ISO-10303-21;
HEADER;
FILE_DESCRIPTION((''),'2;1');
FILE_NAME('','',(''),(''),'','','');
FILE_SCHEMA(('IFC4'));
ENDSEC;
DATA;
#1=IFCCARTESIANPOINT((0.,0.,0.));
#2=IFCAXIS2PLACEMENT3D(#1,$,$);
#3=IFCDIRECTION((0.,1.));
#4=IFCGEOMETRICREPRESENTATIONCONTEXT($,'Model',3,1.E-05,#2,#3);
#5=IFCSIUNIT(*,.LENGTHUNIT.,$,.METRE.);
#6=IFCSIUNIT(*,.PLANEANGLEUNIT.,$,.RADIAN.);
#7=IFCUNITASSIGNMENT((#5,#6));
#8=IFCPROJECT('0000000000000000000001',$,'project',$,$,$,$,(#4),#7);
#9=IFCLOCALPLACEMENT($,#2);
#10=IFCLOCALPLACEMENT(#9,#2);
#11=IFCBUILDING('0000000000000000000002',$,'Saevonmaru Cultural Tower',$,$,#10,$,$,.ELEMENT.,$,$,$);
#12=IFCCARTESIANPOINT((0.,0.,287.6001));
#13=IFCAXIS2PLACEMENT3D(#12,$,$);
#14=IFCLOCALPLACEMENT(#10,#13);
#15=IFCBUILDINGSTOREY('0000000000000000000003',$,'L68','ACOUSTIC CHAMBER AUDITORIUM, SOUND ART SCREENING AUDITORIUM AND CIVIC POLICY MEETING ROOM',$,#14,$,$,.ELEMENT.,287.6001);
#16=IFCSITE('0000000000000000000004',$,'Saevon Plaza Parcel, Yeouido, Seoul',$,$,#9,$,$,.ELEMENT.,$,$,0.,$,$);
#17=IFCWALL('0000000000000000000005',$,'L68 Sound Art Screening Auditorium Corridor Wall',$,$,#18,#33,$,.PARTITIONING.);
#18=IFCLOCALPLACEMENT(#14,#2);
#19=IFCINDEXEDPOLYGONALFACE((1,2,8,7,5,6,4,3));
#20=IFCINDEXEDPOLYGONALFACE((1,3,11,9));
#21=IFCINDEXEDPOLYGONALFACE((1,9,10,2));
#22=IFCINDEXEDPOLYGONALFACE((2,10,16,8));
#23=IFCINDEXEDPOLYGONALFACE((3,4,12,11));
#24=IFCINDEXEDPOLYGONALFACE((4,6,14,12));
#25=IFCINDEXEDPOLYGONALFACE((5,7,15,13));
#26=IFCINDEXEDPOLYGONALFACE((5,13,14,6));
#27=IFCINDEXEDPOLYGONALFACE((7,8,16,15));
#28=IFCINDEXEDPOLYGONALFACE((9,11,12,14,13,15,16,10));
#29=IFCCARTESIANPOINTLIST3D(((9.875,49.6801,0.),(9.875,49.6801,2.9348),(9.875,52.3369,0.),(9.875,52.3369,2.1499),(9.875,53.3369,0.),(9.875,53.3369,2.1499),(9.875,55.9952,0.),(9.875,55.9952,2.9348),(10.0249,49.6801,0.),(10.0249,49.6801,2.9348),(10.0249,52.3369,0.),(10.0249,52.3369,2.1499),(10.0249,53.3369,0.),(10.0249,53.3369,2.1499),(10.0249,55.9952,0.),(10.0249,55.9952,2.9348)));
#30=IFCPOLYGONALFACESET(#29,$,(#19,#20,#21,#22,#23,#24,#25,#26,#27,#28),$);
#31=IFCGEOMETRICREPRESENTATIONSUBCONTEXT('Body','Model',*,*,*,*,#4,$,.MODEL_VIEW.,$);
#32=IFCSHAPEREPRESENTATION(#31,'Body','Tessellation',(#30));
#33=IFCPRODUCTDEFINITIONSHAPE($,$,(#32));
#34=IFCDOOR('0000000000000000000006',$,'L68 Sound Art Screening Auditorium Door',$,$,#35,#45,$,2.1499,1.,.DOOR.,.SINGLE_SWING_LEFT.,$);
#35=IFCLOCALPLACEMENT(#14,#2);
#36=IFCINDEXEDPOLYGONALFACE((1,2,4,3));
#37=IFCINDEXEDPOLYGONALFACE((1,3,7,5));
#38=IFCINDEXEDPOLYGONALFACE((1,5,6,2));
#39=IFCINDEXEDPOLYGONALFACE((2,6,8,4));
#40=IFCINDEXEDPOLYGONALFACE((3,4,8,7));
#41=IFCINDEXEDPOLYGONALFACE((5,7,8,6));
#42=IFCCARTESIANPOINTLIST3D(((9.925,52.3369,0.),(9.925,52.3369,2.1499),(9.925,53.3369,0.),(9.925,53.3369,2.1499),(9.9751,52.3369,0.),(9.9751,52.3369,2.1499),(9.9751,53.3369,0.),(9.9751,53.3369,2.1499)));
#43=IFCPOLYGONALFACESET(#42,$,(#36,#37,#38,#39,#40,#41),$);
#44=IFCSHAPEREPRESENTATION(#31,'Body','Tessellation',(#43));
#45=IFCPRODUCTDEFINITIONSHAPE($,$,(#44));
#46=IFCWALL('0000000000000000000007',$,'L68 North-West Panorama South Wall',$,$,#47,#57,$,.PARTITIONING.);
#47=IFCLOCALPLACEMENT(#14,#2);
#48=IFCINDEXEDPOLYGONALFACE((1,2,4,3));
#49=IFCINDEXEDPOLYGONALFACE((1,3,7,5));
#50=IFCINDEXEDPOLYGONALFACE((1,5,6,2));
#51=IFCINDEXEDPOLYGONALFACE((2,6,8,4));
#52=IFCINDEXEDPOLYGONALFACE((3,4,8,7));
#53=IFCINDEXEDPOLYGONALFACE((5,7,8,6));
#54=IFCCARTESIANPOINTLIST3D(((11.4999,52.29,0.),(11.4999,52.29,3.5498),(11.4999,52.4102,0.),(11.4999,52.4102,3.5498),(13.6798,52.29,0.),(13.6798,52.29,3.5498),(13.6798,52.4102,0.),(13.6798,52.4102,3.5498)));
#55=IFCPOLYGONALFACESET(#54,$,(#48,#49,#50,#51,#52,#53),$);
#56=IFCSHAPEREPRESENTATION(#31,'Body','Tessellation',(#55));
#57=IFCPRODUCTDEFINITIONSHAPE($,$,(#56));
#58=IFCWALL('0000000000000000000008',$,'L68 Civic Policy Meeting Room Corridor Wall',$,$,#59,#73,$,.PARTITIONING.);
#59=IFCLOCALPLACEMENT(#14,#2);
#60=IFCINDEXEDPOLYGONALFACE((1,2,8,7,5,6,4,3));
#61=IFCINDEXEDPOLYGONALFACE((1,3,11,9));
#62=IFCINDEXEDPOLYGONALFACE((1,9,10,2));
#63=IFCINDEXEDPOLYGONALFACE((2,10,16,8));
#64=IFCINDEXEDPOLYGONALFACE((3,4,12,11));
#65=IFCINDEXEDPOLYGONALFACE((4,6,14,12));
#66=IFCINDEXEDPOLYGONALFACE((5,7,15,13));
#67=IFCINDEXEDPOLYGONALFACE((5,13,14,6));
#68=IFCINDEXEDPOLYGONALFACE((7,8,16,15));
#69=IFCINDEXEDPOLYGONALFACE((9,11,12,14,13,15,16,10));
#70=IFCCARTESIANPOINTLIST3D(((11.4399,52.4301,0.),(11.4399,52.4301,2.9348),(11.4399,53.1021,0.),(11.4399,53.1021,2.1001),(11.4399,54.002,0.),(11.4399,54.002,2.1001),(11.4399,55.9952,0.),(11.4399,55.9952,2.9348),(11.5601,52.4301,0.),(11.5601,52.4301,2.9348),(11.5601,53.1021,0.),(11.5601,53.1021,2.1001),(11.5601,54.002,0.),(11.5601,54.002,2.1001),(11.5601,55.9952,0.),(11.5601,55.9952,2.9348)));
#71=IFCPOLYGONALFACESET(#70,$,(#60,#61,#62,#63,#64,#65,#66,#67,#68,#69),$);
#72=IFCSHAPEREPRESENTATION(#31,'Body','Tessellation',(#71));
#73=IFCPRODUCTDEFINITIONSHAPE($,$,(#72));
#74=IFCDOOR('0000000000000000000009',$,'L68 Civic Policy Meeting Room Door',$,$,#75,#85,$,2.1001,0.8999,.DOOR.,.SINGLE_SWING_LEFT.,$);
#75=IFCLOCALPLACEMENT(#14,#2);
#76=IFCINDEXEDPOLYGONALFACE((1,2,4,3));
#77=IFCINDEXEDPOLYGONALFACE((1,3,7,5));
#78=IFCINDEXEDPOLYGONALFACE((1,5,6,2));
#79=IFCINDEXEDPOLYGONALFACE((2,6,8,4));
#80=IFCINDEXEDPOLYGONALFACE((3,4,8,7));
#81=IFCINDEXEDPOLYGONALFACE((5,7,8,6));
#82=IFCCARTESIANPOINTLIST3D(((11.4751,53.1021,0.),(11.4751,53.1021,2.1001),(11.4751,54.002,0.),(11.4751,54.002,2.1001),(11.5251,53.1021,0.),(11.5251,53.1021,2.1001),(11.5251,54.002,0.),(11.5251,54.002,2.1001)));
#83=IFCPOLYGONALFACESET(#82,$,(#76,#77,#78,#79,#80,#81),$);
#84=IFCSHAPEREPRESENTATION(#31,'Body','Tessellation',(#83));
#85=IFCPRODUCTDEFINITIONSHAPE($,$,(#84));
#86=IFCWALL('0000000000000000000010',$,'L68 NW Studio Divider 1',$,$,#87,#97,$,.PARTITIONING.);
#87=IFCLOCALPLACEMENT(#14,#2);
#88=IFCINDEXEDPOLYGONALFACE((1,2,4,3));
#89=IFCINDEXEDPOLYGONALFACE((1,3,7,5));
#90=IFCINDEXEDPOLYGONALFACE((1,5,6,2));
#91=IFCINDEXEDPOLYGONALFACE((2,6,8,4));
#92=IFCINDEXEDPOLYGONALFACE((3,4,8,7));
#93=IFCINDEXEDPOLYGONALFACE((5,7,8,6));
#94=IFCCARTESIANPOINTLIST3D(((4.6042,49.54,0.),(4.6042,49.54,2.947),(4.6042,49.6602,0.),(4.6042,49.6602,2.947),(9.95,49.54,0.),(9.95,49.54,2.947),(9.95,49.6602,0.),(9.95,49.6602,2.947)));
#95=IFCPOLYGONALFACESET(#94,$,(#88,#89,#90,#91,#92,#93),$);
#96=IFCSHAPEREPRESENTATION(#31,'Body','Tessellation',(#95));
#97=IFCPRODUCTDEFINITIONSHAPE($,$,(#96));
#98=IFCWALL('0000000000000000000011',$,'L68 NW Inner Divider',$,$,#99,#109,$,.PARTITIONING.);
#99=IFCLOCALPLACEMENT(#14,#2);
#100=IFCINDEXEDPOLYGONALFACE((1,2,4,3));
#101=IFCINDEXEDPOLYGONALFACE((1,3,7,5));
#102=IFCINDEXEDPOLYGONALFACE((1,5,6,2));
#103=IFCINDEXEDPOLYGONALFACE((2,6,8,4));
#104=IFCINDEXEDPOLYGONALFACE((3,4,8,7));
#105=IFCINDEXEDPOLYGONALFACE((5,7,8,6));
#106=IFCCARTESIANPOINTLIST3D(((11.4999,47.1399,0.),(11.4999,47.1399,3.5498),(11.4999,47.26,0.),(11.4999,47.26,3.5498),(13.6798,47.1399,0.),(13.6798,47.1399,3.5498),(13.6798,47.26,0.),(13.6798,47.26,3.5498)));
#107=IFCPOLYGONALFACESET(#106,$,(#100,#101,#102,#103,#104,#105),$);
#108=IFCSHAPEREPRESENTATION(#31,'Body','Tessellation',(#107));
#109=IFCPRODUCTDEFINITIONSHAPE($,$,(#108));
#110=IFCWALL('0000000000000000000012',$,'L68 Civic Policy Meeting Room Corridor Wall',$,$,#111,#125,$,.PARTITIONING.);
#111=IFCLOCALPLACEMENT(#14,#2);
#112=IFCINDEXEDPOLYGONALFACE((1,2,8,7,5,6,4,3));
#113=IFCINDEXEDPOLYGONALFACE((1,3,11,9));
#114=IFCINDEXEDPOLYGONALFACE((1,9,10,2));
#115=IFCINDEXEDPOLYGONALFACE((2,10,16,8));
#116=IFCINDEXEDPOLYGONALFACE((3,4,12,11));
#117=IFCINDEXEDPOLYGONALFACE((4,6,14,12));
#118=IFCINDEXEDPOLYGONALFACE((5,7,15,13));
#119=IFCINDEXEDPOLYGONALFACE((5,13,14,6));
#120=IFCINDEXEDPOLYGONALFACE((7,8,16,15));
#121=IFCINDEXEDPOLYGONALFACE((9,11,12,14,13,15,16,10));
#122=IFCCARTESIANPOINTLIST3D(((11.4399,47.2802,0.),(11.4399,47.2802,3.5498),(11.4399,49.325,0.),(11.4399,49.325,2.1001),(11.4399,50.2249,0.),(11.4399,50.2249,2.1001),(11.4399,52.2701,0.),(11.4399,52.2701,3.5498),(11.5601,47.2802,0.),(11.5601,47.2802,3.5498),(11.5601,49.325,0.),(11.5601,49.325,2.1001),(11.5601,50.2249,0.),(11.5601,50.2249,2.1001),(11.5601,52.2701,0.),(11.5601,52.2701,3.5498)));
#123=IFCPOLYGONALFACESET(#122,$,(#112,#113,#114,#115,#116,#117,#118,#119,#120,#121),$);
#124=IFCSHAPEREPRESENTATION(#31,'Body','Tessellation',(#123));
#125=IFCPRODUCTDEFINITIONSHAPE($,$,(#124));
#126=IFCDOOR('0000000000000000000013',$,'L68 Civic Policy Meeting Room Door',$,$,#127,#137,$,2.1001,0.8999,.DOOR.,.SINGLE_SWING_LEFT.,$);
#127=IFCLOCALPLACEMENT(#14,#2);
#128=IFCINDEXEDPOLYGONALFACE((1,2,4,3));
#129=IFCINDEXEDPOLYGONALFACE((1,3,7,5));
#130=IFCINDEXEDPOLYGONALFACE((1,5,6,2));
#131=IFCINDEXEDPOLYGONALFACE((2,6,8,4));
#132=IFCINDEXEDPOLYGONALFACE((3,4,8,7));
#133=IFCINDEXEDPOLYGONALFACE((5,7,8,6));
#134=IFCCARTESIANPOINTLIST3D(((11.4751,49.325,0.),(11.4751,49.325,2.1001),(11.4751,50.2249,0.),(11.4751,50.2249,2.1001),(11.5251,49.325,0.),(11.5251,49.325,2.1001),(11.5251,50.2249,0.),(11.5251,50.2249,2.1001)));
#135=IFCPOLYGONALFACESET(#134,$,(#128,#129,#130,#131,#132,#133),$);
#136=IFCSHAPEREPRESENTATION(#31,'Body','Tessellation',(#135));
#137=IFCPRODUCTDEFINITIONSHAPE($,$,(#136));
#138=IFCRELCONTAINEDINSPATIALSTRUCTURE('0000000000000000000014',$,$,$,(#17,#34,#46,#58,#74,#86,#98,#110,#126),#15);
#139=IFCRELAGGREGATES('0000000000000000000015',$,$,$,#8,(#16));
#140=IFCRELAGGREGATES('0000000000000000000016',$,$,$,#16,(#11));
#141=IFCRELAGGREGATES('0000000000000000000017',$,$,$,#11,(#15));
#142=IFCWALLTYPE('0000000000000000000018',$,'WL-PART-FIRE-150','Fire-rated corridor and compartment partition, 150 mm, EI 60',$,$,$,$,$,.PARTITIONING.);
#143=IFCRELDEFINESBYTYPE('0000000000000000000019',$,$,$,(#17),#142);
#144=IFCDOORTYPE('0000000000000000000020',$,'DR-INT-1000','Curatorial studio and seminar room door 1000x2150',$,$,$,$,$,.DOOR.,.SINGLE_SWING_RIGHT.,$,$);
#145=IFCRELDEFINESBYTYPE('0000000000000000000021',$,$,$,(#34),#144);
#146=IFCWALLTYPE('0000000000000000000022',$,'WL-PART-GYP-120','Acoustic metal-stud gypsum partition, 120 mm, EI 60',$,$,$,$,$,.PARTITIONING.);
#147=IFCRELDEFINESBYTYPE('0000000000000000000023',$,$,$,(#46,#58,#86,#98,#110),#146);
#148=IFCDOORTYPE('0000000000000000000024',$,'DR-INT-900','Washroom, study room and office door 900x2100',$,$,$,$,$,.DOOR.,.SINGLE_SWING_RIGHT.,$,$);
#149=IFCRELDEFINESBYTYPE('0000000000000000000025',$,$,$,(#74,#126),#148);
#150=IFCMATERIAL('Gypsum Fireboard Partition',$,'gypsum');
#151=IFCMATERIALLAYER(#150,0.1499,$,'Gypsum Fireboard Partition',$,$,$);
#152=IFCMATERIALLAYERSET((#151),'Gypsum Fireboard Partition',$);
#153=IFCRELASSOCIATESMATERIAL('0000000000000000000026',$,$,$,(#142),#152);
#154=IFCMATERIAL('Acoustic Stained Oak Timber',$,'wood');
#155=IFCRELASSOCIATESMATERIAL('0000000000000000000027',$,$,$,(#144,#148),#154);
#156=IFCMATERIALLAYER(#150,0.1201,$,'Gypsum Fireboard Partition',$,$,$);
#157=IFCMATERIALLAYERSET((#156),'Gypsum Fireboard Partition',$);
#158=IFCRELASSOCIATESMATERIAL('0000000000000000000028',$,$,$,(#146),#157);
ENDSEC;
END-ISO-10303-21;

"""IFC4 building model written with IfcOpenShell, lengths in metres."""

from ifc_helpers import new_model, si_unit, direction, frame, frame_2d, origin, place, context, subcontext, project, spatial, rectangle, extrude, material, layer, layer_set, type_object, element, fill, save


model = new_model("IFC4")

# Units and contexts
model_context = context("Model", 3, precision=1e-05, world=origin(), true_north=direction((0.0, 1.0)))
body_context = subcontext(model_context, "Body", "Model", "MODEL_VIEW")
ifc_project = project(units=[si_unit("LENGTHUNIT", "METRE"), si_unit("PLANEANGLEUNIT", "RADIAN")], contexts=[model_context])

# Site, building, storey
site_placement = place(None, origin())
site = spatial("IfcSite", under=ifc_project, at=site_placement, Name="Saevon Plaza Parcel, Yeouido, Seoul", CompositionType="ELEMENT", RefElevation=0.0)
building_placement = place(site_placement, origin())
building = spatial("IfcBuilding", under=site, at=building_placement, Name="Saevonmaru Cultural Tower", CompositionType="ELEMENT")
storey_placement = place(building_placement, frame((0.0, 0.0, 287.6001)))
storey = spatial("IfcBuildingStorey", under=building, at=storey_placement, Name="L68", Description="ACOUSTIC CHAMBER AUDITORIUM, SOUND ART SCREENING AUDITORIUM AND CIVIC POLICY MEETING ROOM", CompositionType="ELEMENT", Elevation=287.6001)

# Wall, opening, door
ifc_material_1 = material(Name="Gypsum Fireboard Partition", Category="gypsum")
ifc_layer_1 = layer(ifc_material_1, 0.1499, Name="Gypsum Fireboard Partition")
ifc_layer_set_1 = layer_set([ifc_layer_1], Name="Gypsum Fireboard Partition")
wall_type_1 = type_object("IfcWallType", Name="WL-PART-FIRE-150", Description="Fire-rated corridor and compartment partition, 150 mm, EI 60", PredefinedType="PARTITIONING", material=ifc_layer_set_1)
wall_1_placement = place(storey_placement, frame((9.95, 49.6799, 0.0), z_axis=(0.0, 0.0, 1.0), x_axis=(0.0, 1.0, 0.0)))
wall_1 = element("IfcWall", 1, at=wall_1_placement, inside=storey, type_object=wall_type_1, Name="L68 Sound Art Screening Auditorium Corridor Wall", PredefinedType="PARTITIONING", context=body_context, shape_type="SweptSolid", body=[
    extrude(rectangle(XDim=6.3152, YDim=0.1499, at=frame_2d((3.1577, 0.0))), origin(), (0.0, 0.0, 1.0), 2.9348),
])
opening_1_placement = place(wall_1_placement, frame((2.657, 0.0, 0.0)))
opening_1 = element("IfcOpeningElement", 2, at=opening_1_placement, cuts=wall_1, PredefinedType="OPENING", context=body_context, shape_type="SweptSolid", body=[
    extrude(rectangle(XDim=1.0, YDim=2.1499, at=frame_2d((0.5, 1.075))), frame((0.0, 0.085, 0.0), z_axis=(0.0, -1.0, 0.0), x_axis=(1.0, 0.0, 0.0)), (0.0, 0.0, 1.0), 0.1699),
])
ifc_material_2 = material(Name="Acoustic Stained Oak Timber", Category="wood")
door_type_1 = type_object("IfcDoorType", Name="DR-INT-1000", Description="Curatorial studio and seminar room door 1000x2150", OperationType="SINGLE_SWING_RIGHT", PredefinedType="DOOR", material=ifc_material_2)
door_1_placement = place(opening_1_placement, origin())
door_1 = element("IfcDoor", 3, at=door_1_placement, inside=storey, type_object=door_type_1, Name="L68 Sound Art Screening Auditorium Door", OperationType="SINGLE_SWING_LEFT", OverallHeight=2.1499, OverallWidth=1.0, PredefinedType="DOOR", context=body_context, shape_type="SweptSolid", body=[
    extrude(rectangle(XDim=1.0, YDim=2.1499, at=frame_2d((0.5, 1.075))), frame((0.0, 0.0249, 0.0), z_axis=(0.0, -1.0, 0.0), x_axis=(1.0, 0.0, 0.0)), (0.0, 0.0, 1.0), 0.05),
])
fill(opening_1, door_1)

# Wall
ifc_layer_2 = layer(ifc_material_1, 0.1201, Name="Gypsum Fireboard Partition")
ifc_layer_set_2 = layer_set([ifc_layer_2], Name="Gypsum Fireboard Partition")
wall_type_2 = type_object("IfcWallType", Name="WL-PART-GYP-120", Description="Acoustic metal-stud gypsum partition, 120 mm, EI 60", PredefinedType="PARTITIONING", material=ifc_layer_set_2)
wall_2_placement = place(storey_placement, frame((11.5, 52.3501, 0.0), z_axis=(0.0, 0.0, 1.0), x_axis=(1.0, 0.0, 0.0)))
element("IfcWall", 4, at=wall_2_placement, inside=storey, type_object=wall_type_2, Name="L68 North-West Panorama South Wall", PredefinedType="PARTITIONING", context=body_context, shape_type="SweptSolid", body=[
    extrude(rectangle(XDim=2.1799, YDim=0.1201, at=frame_2d((1.0898, 0.0))), origin(), (0.0, 0.0, 1.0), 3.5498),
])

# Wall, opening, door
wall_3_placement = place(storey_placement, frame((11.5, 52.4299, 0.0), z_axis=(0.0, 0.0, 1.0), x_axis=(0.0, 1.0, 0.0)))
wall_3 = element("IfcWall", 5, at=wall_3_placement, inside=storey, type_object=wall_type_2, Name="L68 Civic Policy Meeting Room Corridor Wall", PredefinedType="PARTITIONING", context=body_context, shape_type="SweptSolid", body=[
    extrude(rectangle(XDim=3.5652, YDim=0.1201, at=frame_2d((1.7827, 0.0))), origin(), (0.0, 0.0, 1.0), 2.9348),
])
opening_2_placement = place(wall_3_placement, frame((0.6721, 0.0, 0.0)))
opening_2 = element("IfcOpeningElement", 6, at=opening_2_placement, cuts=wall_3, PredefinedType="OPENING", context=body_context, shape_type="SweptSolid", body=[
    extrude(rectangle(XDim=0.8999, YDim=2.1001, at=frame_2d((0.45, 1.05))), frame((0.0, 0.0701, 0.0), z_axis=(0.0, -1.0, 0.0), x_axis=(1.0, 0.0, 0.0)), (0.0, 0.0, 1.0), 0.1401),
])
door_type_2 = type_object("IfcDoorType", Name="DR-INT-900", Description="Washroom, study room and office door 900x2100", OperationType="SINGLE_SWING_RIGHT", PredefinedType="DOOR", material=ifc_material_2)
door_2_placement = place(opening_2_placement, origin())
door_2 = element("IfcDoor", 7, at=door_2_placement, inside=storey, type_object=door_type_2, Name="L68 Civic Policy Meeting Room Door", OperationType="SINGLE_SWING_LEFT", OverallHeight=2.1001, OverallWidth=0.8999, PredefinedType="DOOR", context=body_context, shape_type="SweptSolid", body=[
    extrude(rectangle(XDim=0.8999, YDim=2.1001, at=frame_2d((0.45, 1.05))), frame((0.0, 0.0249, 0.0), z_axis=(0.0, -1.0, 0.0), x_axis=(1.0, 0.0, 0.0)), (0.0, 0.0, 1.0), 0.05),
])
fill(opening_2, door_2)

# Walls
wall_4_placement = place(storey_placement, frame((4.6042, 49.6001, 0.0), z_axis=(0.0, 0.0, 1.0), x_axis=(1.0, 0.0, 0.0)))
element("IfcWall", 8, at=wall_4_placement, inside=storey, type_object=wall_type_2, Name="L68 NW Studio Divider 1", PredefinedType="PARTITIONING", context=body_context, shape_type="SweptSolid", body=[
    extrude(rectangle(XDim=5.3457, YDim=0.1201, at=frame_2d((2.6729, 0.0))), origin(), (0.0, 0.0, 1.0), 2.947),
])
wall_5_placement = place(storey_placement, frame((11.5, 47.2, 0.0), z_axis=(0.0, 0.0, 1.0), x_axis=(1.0, 0.0, 0.0)))
element("IfcWall", 9, at=wall_5_placement, inside=storey, type_object=wall_type_2, Name="L68 NW Inner Divider", PredefinedType="PARTITIONING", context=body_context, shape_type="SweptSolid", body=[
    extrude(rectangle(XDim=2.1799, YDim=0.1201, at=frame_2d((1.0898, 0.0))), origin(), (0.0, 0.0, 1.0), 3.5498),
])

# Wall, opening, door
wall_6_placement = place(storey_placement, frame((11.5, 47.28, 0.0), z_axis=(0.0, 0.0, 1.0), x_axis=(0.0, 1.0, 0.0)))
wall_6 = element("IfcWall", 10, at=wall_6_placement, inside=storey, type_object=wall_type_2, Name="L68 Civic Policy Meeting Room Corridor Wall", PredefinedType="PARTITIONING", context=body_context, shape_type="SweptSolid", body=[
    extrude(rectangle(XDim=4.99, YDim=0.1201, at=frame_2d((2.4951, 0.0))), origin(), (0.0, 0.0, 1.0), 3.5498),
])
opening_3_placement = place(wall_6_placement, frame((2.0449, 0.0, 0.0)))
opening_3 = element("IfcOpeningElement", 11, at=opening_3_placement, cuts=wall_6, PredefinedType="OPENING", context=body_context, shape_type="SweptSolid", body=[
    extrude(rectangle(XDim=0.8999, YDim=2.1001, at=frame_2d((0.45, 1.05))), frame((0.0, 0.0701, 0.0), z_axis=(0.0, -1.0, 0.0), x_axis=(1.0, 0.0, 0.0)), (0.0, 0.0, 1.0), 0.1401),
])
door_3_placement = place(opening_3_placement, origin())
door_3 = element("IfcDoor", 12, at=door_3_placement, inside=storey, type_object=door_type_2, Name="L68 Civic Policy Meeting Room Door", OperationType="SINGLE_SWING_LEFT", OverallHeight=2.1001, OverallWidth=0.8999, PredefinedType="DOOR", context=body_context, shape_type="SweptSolid", body=[
    extrude(rectangle(XDim=0.8999, YDim=2.1001, at=frame_2d((0.45, 1.05))), frame((0.0, 0.0249, 0.0), z_axis=(0.0, -1.0, 0.0), x_axis=(1.0, 0.0, 0.0)), (0.0, 0.0, 1.0), 0.05),
])
fill(opening_3, door_3)

save(model, "model.ifc")
